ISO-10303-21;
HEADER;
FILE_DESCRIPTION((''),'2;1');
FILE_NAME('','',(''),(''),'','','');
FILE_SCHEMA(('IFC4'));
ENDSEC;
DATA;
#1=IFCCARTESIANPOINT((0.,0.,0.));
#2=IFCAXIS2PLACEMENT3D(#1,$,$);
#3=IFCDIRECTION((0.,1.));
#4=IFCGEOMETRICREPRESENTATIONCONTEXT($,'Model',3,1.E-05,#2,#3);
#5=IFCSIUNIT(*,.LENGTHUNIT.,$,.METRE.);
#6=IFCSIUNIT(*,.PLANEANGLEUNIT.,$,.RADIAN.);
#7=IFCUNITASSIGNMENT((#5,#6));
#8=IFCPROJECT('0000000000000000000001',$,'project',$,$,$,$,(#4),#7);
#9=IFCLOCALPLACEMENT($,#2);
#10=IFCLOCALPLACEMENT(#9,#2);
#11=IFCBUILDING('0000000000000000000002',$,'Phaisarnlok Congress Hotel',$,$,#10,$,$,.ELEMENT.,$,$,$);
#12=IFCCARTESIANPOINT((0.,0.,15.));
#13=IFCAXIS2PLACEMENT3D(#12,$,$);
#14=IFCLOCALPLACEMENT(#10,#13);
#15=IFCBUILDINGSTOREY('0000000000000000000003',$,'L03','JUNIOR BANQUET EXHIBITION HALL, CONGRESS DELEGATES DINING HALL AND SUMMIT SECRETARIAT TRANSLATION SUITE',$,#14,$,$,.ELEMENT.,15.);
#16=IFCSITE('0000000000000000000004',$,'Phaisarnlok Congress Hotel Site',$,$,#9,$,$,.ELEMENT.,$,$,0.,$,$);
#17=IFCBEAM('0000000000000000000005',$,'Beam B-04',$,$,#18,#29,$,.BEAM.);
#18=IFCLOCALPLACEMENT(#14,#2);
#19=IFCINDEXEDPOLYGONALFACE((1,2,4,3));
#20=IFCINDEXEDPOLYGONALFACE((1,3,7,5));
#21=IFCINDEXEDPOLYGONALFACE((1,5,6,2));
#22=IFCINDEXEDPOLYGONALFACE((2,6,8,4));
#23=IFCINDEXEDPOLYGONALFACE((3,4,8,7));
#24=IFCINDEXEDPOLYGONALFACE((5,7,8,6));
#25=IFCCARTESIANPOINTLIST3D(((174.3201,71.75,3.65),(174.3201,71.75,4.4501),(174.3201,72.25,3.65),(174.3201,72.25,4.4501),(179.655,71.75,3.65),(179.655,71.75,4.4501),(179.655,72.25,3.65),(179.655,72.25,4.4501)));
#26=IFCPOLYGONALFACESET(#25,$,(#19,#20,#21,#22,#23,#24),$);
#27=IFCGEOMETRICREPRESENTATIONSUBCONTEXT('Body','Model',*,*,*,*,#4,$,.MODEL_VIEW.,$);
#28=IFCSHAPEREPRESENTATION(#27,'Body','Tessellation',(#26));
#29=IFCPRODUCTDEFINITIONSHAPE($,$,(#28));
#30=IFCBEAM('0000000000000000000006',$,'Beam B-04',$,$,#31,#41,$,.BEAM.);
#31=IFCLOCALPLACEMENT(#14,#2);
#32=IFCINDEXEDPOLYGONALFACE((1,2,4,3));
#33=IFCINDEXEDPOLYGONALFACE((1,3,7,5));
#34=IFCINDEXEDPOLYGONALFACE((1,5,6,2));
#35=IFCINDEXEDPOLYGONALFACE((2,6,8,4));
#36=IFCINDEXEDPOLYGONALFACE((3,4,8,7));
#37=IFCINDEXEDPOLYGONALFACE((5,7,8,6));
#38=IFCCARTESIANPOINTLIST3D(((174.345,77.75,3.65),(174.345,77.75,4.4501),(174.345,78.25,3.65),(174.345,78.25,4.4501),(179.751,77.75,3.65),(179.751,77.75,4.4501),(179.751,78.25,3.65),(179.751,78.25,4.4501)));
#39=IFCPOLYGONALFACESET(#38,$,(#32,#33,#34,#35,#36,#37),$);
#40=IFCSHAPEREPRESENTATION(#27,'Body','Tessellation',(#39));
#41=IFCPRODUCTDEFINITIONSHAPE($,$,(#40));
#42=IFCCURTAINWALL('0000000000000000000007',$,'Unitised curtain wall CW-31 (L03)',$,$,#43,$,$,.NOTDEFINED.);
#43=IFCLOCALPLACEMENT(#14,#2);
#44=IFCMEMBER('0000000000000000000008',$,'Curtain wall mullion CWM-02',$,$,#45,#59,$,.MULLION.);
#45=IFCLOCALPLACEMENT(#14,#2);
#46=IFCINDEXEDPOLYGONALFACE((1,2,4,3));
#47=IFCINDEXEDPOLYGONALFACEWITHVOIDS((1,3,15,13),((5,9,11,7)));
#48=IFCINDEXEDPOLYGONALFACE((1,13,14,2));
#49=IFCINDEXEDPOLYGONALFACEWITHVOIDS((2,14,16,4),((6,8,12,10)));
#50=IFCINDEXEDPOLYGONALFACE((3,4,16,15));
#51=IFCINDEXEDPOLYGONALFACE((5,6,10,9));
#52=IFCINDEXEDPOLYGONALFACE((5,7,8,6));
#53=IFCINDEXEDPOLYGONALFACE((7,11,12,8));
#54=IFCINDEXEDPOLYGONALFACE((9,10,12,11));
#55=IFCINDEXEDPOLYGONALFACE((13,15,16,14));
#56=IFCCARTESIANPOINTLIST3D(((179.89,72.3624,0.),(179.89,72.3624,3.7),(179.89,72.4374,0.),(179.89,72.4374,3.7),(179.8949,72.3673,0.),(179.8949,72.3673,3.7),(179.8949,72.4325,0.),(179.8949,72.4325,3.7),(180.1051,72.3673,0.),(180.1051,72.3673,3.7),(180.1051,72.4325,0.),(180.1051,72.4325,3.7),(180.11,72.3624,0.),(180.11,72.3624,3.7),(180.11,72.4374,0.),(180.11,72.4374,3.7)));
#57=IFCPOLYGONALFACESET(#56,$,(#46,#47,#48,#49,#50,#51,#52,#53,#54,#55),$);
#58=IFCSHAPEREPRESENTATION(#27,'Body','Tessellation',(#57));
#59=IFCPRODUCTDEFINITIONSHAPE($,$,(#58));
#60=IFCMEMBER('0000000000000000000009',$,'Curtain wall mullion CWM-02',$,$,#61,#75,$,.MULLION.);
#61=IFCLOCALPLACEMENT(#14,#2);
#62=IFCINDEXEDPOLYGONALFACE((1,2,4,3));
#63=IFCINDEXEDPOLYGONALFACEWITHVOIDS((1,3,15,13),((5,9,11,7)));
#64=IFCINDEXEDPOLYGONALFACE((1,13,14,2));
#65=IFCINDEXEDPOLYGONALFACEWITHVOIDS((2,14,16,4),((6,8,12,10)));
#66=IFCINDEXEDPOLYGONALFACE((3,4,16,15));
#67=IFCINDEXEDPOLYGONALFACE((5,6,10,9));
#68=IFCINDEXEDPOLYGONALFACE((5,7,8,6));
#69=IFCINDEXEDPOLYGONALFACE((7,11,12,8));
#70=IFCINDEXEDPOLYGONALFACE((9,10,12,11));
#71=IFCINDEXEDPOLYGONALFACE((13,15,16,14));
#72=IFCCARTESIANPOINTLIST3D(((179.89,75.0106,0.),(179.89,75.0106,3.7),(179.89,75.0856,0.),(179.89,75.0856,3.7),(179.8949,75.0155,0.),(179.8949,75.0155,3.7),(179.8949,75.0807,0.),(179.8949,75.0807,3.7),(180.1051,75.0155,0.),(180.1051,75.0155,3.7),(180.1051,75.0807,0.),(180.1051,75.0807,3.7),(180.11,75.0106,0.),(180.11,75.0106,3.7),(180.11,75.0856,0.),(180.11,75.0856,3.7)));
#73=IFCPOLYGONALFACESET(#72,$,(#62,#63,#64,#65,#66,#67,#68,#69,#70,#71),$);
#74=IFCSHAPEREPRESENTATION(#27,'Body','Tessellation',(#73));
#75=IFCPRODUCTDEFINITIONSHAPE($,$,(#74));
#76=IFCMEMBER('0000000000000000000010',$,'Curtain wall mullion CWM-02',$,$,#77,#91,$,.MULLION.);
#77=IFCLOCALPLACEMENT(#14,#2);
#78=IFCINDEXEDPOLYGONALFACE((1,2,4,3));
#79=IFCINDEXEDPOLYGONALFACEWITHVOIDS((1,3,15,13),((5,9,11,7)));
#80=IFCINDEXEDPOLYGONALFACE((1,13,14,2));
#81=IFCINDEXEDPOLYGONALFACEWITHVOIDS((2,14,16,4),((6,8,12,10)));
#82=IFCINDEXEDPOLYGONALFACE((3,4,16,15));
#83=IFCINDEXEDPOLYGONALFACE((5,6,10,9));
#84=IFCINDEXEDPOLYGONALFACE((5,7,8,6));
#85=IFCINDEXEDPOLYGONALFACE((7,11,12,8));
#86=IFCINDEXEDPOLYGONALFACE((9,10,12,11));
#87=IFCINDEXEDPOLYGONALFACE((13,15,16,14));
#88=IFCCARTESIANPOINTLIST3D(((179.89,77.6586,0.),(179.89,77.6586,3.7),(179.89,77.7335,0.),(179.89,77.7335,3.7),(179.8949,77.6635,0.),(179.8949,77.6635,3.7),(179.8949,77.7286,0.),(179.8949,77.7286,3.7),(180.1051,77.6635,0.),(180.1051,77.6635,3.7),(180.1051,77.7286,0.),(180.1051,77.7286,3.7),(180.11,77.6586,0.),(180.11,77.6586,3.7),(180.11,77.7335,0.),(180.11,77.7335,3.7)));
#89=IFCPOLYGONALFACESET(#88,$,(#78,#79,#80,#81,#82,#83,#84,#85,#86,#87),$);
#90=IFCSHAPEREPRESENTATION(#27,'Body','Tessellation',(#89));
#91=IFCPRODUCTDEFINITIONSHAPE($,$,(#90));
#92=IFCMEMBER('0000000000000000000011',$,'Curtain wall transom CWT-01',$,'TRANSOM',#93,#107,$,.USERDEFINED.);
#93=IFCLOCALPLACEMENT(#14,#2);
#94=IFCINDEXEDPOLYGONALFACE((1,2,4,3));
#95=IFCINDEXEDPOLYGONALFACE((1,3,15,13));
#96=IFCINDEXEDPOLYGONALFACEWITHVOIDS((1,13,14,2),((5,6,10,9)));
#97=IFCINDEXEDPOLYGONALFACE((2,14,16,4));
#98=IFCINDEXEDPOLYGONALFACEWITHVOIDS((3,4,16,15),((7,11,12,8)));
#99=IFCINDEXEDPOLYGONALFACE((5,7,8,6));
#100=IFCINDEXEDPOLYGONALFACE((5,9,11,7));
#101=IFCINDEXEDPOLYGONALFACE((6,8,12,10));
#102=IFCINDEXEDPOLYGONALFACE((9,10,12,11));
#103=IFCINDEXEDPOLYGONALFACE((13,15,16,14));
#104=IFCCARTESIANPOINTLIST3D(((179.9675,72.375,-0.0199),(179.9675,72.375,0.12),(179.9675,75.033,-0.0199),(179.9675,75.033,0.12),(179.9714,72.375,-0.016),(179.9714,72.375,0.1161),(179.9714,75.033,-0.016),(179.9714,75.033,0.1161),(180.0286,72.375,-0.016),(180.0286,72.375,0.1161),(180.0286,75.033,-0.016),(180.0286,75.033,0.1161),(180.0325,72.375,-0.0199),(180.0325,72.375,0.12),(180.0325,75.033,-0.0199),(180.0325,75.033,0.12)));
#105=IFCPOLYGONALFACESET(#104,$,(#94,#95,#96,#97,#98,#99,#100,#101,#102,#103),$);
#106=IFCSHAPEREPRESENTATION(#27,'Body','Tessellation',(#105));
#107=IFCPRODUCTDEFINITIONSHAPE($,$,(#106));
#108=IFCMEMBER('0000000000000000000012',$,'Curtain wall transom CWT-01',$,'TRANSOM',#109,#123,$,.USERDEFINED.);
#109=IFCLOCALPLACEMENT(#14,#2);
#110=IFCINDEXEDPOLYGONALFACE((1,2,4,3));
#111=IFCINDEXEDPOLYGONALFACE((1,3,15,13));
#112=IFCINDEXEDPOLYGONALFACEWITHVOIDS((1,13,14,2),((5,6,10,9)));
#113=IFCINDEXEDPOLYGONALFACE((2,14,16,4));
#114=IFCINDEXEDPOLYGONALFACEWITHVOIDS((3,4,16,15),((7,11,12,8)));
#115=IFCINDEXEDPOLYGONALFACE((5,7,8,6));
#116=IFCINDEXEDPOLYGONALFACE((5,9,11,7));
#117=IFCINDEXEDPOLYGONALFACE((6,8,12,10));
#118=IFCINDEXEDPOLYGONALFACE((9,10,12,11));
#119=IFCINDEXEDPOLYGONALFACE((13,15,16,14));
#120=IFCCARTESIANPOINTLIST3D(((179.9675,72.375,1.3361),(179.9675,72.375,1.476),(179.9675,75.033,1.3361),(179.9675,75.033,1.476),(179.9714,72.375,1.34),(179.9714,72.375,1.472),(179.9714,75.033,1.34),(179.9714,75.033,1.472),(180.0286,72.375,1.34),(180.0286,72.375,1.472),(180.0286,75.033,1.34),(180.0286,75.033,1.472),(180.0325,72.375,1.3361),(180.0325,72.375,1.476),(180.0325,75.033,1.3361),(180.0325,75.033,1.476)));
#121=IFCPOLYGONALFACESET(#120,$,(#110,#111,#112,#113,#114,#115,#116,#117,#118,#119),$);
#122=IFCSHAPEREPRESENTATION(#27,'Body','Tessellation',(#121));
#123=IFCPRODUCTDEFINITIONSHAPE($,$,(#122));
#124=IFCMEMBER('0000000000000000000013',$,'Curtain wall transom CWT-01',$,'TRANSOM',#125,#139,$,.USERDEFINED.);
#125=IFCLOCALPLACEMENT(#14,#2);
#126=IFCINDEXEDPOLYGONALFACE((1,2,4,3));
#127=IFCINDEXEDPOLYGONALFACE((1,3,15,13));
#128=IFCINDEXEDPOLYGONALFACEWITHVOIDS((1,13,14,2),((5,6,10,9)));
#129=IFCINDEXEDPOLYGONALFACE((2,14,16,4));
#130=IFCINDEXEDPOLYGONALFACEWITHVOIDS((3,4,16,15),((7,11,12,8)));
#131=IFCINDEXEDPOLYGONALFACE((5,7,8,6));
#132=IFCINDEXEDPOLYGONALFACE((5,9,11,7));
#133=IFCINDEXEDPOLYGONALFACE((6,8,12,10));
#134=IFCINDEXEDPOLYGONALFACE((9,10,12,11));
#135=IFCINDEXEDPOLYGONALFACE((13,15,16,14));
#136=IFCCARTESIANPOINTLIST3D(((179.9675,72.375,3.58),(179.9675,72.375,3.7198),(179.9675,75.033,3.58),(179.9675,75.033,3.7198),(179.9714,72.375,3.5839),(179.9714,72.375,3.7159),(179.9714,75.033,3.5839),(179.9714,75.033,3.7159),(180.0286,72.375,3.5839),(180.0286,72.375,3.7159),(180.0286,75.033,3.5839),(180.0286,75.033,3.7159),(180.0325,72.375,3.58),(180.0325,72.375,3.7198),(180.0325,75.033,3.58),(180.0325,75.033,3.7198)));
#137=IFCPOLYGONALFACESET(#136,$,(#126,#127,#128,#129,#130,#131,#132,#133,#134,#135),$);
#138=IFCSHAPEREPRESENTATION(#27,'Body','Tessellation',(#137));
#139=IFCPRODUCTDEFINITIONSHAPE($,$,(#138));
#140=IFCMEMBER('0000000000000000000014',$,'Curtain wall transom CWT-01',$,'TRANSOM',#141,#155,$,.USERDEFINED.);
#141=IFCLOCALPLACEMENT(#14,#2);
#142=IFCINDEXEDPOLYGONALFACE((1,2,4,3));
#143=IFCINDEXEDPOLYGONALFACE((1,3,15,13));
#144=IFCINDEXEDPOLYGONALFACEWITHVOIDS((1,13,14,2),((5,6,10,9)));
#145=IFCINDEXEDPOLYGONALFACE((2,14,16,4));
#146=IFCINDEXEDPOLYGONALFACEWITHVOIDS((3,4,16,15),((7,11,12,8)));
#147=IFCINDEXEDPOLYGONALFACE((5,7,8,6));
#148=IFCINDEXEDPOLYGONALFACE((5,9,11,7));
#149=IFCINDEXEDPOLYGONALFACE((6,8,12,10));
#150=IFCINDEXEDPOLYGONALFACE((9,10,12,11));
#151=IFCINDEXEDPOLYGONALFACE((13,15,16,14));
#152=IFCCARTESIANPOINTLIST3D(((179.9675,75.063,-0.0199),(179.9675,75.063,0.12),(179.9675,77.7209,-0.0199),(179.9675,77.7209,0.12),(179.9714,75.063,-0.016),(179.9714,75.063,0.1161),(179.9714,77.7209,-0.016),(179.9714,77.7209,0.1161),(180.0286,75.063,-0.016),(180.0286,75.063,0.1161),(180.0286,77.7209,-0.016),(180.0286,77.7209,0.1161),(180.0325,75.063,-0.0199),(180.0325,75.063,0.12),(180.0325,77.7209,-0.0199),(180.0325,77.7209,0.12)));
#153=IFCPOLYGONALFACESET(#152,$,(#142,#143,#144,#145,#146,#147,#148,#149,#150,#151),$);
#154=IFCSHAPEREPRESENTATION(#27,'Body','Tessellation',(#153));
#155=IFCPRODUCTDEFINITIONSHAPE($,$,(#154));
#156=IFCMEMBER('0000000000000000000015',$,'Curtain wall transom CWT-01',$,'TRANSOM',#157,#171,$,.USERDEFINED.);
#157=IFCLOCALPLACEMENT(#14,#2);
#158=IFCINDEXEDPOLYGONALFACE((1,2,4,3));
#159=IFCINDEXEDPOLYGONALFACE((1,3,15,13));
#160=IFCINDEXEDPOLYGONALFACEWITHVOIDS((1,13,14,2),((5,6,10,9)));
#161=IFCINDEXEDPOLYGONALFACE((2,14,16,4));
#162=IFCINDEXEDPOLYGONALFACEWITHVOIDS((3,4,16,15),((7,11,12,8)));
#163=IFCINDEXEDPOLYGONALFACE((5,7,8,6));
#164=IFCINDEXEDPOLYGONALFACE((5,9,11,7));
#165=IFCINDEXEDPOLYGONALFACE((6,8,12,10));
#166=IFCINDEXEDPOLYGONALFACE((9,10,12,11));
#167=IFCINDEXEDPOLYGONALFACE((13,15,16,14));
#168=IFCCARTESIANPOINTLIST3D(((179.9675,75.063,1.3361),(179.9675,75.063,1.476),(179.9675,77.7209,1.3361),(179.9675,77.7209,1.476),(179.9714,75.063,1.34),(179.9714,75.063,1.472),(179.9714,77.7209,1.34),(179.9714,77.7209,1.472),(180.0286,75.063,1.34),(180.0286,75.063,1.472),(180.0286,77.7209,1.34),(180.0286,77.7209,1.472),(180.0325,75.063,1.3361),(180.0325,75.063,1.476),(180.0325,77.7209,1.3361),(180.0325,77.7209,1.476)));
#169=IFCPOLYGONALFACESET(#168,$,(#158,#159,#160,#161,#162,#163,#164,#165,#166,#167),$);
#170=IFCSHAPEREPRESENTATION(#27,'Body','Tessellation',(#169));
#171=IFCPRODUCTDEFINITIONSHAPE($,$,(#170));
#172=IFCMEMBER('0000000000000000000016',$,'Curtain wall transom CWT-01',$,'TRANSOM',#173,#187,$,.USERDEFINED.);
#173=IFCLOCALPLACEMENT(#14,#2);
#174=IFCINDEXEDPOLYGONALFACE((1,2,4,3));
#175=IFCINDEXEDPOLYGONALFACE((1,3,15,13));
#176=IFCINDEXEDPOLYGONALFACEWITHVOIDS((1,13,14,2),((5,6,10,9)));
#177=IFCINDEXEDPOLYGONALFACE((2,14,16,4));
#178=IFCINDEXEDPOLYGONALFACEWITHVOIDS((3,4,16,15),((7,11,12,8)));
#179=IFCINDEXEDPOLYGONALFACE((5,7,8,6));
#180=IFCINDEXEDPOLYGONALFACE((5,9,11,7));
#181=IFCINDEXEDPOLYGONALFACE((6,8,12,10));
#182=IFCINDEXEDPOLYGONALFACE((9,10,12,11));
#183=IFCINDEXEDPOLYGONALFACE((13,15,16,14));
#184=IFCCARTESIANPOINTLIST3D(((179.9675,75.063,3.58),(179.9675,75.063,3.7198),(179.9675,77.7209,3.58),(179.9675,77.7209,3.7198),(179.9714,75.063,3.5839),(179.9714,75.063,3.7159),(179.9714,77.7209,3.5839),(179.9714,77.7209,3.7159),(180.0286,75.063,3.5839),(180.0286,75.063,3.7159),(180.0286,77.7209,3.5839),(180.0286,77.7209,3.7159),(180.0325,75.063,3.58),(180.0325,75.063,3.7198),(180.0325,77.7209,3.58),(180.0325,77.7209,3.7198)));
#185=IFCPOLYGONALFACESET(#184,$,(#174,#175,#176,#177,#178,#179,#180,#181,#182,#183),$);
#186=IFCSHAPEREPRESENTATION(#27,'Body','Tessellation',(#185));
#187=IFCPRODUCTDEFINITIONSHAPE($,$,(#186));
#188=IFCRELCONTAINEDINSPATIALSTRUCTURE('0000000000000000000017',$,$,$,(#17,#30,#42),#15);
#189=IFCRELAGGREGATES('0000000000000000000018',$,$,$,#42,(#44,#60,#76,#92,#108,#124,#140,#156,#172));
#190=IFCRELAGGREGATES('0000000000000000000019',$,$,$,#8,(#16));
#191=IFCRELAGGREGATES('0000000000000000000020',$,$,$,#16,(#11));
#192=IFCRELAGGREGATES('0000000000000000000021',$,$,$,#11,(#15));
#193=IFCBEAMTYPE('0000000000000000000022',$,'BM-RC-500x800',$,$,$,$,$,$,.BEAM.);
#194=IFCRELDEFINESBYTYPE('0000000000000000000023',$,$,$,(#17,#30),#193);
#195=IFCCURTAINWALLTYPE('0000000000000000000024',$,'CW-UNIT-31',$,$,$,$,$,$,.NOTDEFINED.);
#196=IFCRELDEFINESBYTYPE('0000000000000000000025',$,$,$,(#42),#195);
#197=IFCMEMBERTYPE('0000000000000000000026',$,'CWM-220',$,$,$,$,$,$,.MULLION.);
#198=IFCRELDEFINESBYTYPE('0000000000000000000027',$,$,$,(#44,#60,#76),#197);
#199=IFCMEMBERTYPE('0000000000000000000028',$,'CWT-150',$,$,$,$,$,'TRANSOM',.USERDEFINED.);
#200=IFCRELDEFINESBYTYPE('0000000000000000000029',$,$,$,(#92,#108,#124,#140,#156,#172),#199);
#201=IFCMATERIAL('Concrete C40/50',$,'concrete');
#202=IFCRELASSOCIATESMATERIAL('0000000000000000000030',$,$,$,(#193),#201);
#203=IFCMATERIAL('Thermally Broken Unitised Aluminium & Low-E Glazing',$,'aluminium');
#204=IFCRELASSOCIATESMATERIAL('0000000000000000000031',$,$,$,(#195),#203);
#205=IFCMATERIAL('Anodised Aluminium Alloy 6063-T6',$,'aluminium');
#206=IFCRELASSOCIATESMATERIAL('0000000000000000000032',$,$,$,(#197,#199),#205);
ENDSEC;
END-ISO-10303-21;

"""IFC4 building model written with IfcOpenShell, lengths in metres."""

from ifc_helpers import new_model, si_unit, direction, frame, origin, origin_2d, place, context, subcontext, project, spatial, rectangle, hollow_rectangle, extrude, material, material_profile, profile_set, type_object, element, aggregate, save


model = new_model("IFC4")

# Units and contexts
model_context = context("Model", 3, precision=1e-05, world=origin(), true_north=direction((0.0, 1.0)))
body_context = subcontext(model_context, "Body", "Model", "MODEL_VIEW")
ifc_project = project(units=[si_unit("LENGTHUNIT", "METRE"), si_unit("PLANEANGLEUNIT", "RADIAN")], contexts=[model_context])

# Site, building, storey
site_placement = place(None, origin())
site = spatial("IfcSite", under=ifc_project, at=site_placement, Name="Phaisarnlok Congress Hotel Site", CompositionType="ELEMENT", RefElevation=0.0)
building_placement = place(site_placement, origin())
building = spatial("IfcBuilding", under=site, at=building_placement, Name="Phaisarnlok Congress Hotel", CompositionType="ELEMENT")
storey_placement = place(building_placement, frame((0.0, 0.0, 15.0)))
storey = spatial("IfcBuildingStorey", under=building, at=storey_placement, Name="L03", Description="JUNIOR BANQUET EXHIBITION HALL, CONGRESS DELEGATES DINING HALL AND SUMMIT SECRETARIAT TRANSLATION SUITE", CompositionType="ELEMENT", Elevation=15.0)

# Beams
ifc_material_1 = material(Name="Concrete C40/50", Category="concrete")
ifc_material_profile_1 = material_profile(ifc_material_1, rectangle(XDim=0.5, YDim=0.8, at=origin_2d()), Name="RC 500x800")
ifc_profile_set_1 = profile_set([ifc_material_profile_1], Name="Concrete C40/50")
beam_type_1 = type_object("IfcBeamType", Name="BM-RC-500x800", PredefinedType="BEAM", material=ifc_profile_set_1)
beam_1_placement = place(storey_placement, frame((174.3201, 72.0, 4.05), z_axis=(1.0, 0.0, 0.0), x_axis=(0.0, 1.0, 0.0)))
element("IfcBeam", 1, at=beam_1_placement, inside=storey, type_object=beam_type_1, Name="Beam B-04", PredefinedType="BEAM", context=body_context, shape_type="SweptSolid", body=[
    extrude(rectangle(XDim=0.5, YDim=0.8, at=origin_2d()), origin(), (0.0, 0.0, 1.0), 5.335),
])
beam_2_placement = place(storey_placement, frame((174.345, 78.0, 4.05), z_axis=(1.0, 0.0, 0.0), x_axis=(0.0, 1.0, 0.0)))
element("IfcBeam", 2, at=beam_2_placement, inside=storey, type_object=beam_type_1, Name="Beam B-04", PredefinedType="BEAM", context=body_context, shape_type="SweptSolid", body=[
    extrude(rectangle(XDim=0.5, YDim=0.8, at=origin_2d()), origin(), (0.0, 0.0, 1.0), 5.406),
])

# Curtain wall, members
ifc_material_2 = material(Name="Thermally Broken Unitised Aluminium & Low-E Glazing", Category="aluminium")
curtain_wall_type = type_object("IfcCurtainWallType", Name="CW-UNIT-31", PredefinedType="NOTDEFINED", material=ifc_material_2)
curtain_wall_placement = place(storey_placement, origin())
curtain_wall = element("IfcCurtainWall", 3, at=curtain_wall_placement, inside=storey, type_object=curtain_wall_type, Name="Unitised curtain wall CW-31 (L03)", PredefinedType="NOTDEFINED")
ifc_material_3 = material(Name="Anodised Aluminium Alloy 6063-T6", Category="aluminium")
ifc_material_profile_2 = material_profile(ifc_material_3, hollow_rectangle(XDim=0.075, YDim=0.22, WallThickness=0.0049, at=origin_2d()), Name="ALU-M 75x220x5")
ifc_profile_set_2 = profile_set([ifc_material_profile_2], Name="Anodised Aluminium Alloy 6063-T6")
member_type_1 = type_object("IfcMemberType", Name="CWM-220", PredefinedType="MULLION", material=ifc_profile_set_2)
member_1_placement = place(storey_placement, frame((180.0, 72.3999, 0.0), z_axis=(0.0, 0.0, 1.0), x_axis=(0.0, 1.0, 0.0)))
member_1 = element("IfcMember", 4, at=member_1_placement, type_object=member_type_1, Name="Curtain wall mullion CWM-02", PredefinedType="MULLION", context=body_context, shape_type="SweptSolid", body=[
    extrude(hollow_rectangle(XDim=0.075, YDim=0.22, WallThickness=0.0049, at=origin_2d()), origin(), (0.0, 0.0, 1.0), 3.7),
])
member_2_placement = place(storey_placement, frame((180.0, 75.0481, 0.0), z_axis=(0.0, 0.0, 1.0), x_axis=(0.0, 1.0, 0.0)))
member_2 = element("IfcMember", 5, at=member_2_placement, type_object=member_type_1, Name="Curtain wall mullion CWM-02", PredefinedType="MULLION", context=body_context, shape_type="SweptSolid", body=[
    extrude(hollow_rectangle(XDim=0.075, YDim=0.22, WallThickness=0.0049, at=origin_2d()), origin(), (0.0, 0.0, 1.0), 3.7),
])
member_3_placement = place(storey_placement, frame((180.0, 77.696, 0.0), z_axis=(0.0, 0.0, 1.0), x_axis=(0.0, 1.0, 0.0)))
member_3 = element("IfcMember", 6, at=member_3_placement, type_object=member_type_1, Name="Curtain wall mullion CWM-02", PredefinedType="MULLION", context=body_context, shape_type="SweptSolid", body=[
    extrude(hollow_rectangle(XDim=0.075, YDim=0.22, WallThickness=0.0049, at=origin_2d()), origin(), (0.0, 0.0, 1.0), 3.7),
])
ifc_material_profile_3 = material_profile(ifc_material_3, hollow_rectangle(XDim=0.0649, YDim=0.1399, WallThickness=0.0039, at=origin_2d()), Name="ALU-T 65x140x4")
ifc_profile_set_3 = profile_set([ifc_material_profile_3], Name="Anodised Aluminium Alloy 6063-T6")
member_type_2 = type_object("IfcMemberType", Name="CWT-150", ElementType="TRANSOM", PredefinedType="USERDEFINED", material=ifc_profile_set_3)
member_4_placement = place(storey_placement, frame((180.0, 72.375, 0.05), z_axis=(0.0, 1.0, 0.0), x_axis=(-1.0, 0.0, 0.0)))
member_4 = element("IfcMember", 7, at=member_4_placement, type_object=member_type_2, Name="Curtain wall transom CWT-01", ObjectType="TRANSOM", PredefinedType="USERDEFINED", context=body_context, shape_type="SweptSolid", body=[
    extrude(hollow_rectangle(XDim=0.0649, YDim=0.1399, WallThickness=0.0039, at=origin_2d()), origin(), (0.0, 0.0, 1.0), 2.658),
])
member_5_placement = place(storey_placement, frame((180.0, 72.375, 1.406), z_axis=(0.0, 1.0, 0.0), x_axis=(-1.0, 0.0, 0.0)))
member_5 = element("IfcMember", 8, at=member_5_placement, type_object=member_type_2, Name="Curtain wall transom CWT-01", ObjectType="TRANSOM", PredefinedType="USERDEFINED", context=body_context, shape_type="SweptSolid", body=[
    extrude(hollow_rectangle(XDim=0.0649, YDim=0.1399, WallThickness=0.0039, at=origin_2d()), origin(), (0.0, 0.0, 1.0), 2.658),
])
member_6_placement = place(storey_placement, frame((180.0, 72.375, 3.6499), z_axis=(0.0, 1.0, 0.0), x_axis=(-1.0, 0.0, 0.0)))
member_6 = element("IfcMember", 9, at=member_6_placement, type_object=member_type_2, Name="Curtain wall transom CWT-01", ObjectType="TRANSOM", PredefinedType="USERDEFINED", context=body_context, shape_type="SweptSolid", body=[
    extrude(hollow_rectangle(XDim=0.0649, YDim=0.1399, WallThickness=0.0039, at=origin_2d()), origin(), (0.0, 0.0, 1.0), 2.658),
])
member_7_placement = place(storey_placement, frame((180.0, 75.063, 0.05), z_axis=(0.0, 1.0, 0.0), x_axis=(-1.0, 0.0, 0.0)))
member_7 = element("IfcMember", 10, at=member_7_placement, type_object=member_type_2, Name="Curtain wall transom CWT-01", ObjectType="TRANSOM", PredefinedType="USERDEFINED", context=body_context, shape_type="SweptSolid", body=[
    extrude(hollow_rectangle(XDim=0.0649, YDim=0.1399, WallThickness=0.0039, at=origin_2d()), origin(), (0.0, 0.0, 1.0), 2.658),
])
member_8_placement = place(storey_placement, frame((180.0, 75.063, 1.406), z_axis=(0.0, 1.0, 0.0), x_axis=(-1.0, 0.0, 0.0)))
member_8 = element("IfcMember", 11, at=member_8_placement, type_object=member_type_2, Name="Curtain wall transom CWT-01", ObjectType="TRANSOM", PredefinedType="USERDEFINED", context=body_context, shape_type="SweptSolid", body=[
    extrude(hollow_rectangle(XDim=0.0649, YDim=0.1399, WallThickness=0.0039, at=origin_2d()), origin(), (0.0, 0.0, 1.0), 2.658),
])
member_9_placement = place(storey_placement, frame((180.0, 75.063, 3.6499), z_axis=(0.0, 1.0, 0.0), x_axis=(-1.0, 0.0, 0.0)))
member_9 = element("IfcMember", 12, at=member_9_placement, type_object=member_type_2, Name="Curtain wall transom CWT-01", ObjectType="TRANSOM", PredefinedType="USERDEFINED", context=body_context, shape_type="SweptSolid", body=[
    extrude(hollow_rectangle(XDim=0.0649, YDim=0.1399, WallThickness=0.0039, at=origin_2d()), origin(), (0.0, 0.0, 1.0), 2.658),
])

aggregate(curtain_wall, [member_1, member_2, member_3, member_4, member_5, member_6, member_7, member_8, member_9])

save(model, "model.ifc")
